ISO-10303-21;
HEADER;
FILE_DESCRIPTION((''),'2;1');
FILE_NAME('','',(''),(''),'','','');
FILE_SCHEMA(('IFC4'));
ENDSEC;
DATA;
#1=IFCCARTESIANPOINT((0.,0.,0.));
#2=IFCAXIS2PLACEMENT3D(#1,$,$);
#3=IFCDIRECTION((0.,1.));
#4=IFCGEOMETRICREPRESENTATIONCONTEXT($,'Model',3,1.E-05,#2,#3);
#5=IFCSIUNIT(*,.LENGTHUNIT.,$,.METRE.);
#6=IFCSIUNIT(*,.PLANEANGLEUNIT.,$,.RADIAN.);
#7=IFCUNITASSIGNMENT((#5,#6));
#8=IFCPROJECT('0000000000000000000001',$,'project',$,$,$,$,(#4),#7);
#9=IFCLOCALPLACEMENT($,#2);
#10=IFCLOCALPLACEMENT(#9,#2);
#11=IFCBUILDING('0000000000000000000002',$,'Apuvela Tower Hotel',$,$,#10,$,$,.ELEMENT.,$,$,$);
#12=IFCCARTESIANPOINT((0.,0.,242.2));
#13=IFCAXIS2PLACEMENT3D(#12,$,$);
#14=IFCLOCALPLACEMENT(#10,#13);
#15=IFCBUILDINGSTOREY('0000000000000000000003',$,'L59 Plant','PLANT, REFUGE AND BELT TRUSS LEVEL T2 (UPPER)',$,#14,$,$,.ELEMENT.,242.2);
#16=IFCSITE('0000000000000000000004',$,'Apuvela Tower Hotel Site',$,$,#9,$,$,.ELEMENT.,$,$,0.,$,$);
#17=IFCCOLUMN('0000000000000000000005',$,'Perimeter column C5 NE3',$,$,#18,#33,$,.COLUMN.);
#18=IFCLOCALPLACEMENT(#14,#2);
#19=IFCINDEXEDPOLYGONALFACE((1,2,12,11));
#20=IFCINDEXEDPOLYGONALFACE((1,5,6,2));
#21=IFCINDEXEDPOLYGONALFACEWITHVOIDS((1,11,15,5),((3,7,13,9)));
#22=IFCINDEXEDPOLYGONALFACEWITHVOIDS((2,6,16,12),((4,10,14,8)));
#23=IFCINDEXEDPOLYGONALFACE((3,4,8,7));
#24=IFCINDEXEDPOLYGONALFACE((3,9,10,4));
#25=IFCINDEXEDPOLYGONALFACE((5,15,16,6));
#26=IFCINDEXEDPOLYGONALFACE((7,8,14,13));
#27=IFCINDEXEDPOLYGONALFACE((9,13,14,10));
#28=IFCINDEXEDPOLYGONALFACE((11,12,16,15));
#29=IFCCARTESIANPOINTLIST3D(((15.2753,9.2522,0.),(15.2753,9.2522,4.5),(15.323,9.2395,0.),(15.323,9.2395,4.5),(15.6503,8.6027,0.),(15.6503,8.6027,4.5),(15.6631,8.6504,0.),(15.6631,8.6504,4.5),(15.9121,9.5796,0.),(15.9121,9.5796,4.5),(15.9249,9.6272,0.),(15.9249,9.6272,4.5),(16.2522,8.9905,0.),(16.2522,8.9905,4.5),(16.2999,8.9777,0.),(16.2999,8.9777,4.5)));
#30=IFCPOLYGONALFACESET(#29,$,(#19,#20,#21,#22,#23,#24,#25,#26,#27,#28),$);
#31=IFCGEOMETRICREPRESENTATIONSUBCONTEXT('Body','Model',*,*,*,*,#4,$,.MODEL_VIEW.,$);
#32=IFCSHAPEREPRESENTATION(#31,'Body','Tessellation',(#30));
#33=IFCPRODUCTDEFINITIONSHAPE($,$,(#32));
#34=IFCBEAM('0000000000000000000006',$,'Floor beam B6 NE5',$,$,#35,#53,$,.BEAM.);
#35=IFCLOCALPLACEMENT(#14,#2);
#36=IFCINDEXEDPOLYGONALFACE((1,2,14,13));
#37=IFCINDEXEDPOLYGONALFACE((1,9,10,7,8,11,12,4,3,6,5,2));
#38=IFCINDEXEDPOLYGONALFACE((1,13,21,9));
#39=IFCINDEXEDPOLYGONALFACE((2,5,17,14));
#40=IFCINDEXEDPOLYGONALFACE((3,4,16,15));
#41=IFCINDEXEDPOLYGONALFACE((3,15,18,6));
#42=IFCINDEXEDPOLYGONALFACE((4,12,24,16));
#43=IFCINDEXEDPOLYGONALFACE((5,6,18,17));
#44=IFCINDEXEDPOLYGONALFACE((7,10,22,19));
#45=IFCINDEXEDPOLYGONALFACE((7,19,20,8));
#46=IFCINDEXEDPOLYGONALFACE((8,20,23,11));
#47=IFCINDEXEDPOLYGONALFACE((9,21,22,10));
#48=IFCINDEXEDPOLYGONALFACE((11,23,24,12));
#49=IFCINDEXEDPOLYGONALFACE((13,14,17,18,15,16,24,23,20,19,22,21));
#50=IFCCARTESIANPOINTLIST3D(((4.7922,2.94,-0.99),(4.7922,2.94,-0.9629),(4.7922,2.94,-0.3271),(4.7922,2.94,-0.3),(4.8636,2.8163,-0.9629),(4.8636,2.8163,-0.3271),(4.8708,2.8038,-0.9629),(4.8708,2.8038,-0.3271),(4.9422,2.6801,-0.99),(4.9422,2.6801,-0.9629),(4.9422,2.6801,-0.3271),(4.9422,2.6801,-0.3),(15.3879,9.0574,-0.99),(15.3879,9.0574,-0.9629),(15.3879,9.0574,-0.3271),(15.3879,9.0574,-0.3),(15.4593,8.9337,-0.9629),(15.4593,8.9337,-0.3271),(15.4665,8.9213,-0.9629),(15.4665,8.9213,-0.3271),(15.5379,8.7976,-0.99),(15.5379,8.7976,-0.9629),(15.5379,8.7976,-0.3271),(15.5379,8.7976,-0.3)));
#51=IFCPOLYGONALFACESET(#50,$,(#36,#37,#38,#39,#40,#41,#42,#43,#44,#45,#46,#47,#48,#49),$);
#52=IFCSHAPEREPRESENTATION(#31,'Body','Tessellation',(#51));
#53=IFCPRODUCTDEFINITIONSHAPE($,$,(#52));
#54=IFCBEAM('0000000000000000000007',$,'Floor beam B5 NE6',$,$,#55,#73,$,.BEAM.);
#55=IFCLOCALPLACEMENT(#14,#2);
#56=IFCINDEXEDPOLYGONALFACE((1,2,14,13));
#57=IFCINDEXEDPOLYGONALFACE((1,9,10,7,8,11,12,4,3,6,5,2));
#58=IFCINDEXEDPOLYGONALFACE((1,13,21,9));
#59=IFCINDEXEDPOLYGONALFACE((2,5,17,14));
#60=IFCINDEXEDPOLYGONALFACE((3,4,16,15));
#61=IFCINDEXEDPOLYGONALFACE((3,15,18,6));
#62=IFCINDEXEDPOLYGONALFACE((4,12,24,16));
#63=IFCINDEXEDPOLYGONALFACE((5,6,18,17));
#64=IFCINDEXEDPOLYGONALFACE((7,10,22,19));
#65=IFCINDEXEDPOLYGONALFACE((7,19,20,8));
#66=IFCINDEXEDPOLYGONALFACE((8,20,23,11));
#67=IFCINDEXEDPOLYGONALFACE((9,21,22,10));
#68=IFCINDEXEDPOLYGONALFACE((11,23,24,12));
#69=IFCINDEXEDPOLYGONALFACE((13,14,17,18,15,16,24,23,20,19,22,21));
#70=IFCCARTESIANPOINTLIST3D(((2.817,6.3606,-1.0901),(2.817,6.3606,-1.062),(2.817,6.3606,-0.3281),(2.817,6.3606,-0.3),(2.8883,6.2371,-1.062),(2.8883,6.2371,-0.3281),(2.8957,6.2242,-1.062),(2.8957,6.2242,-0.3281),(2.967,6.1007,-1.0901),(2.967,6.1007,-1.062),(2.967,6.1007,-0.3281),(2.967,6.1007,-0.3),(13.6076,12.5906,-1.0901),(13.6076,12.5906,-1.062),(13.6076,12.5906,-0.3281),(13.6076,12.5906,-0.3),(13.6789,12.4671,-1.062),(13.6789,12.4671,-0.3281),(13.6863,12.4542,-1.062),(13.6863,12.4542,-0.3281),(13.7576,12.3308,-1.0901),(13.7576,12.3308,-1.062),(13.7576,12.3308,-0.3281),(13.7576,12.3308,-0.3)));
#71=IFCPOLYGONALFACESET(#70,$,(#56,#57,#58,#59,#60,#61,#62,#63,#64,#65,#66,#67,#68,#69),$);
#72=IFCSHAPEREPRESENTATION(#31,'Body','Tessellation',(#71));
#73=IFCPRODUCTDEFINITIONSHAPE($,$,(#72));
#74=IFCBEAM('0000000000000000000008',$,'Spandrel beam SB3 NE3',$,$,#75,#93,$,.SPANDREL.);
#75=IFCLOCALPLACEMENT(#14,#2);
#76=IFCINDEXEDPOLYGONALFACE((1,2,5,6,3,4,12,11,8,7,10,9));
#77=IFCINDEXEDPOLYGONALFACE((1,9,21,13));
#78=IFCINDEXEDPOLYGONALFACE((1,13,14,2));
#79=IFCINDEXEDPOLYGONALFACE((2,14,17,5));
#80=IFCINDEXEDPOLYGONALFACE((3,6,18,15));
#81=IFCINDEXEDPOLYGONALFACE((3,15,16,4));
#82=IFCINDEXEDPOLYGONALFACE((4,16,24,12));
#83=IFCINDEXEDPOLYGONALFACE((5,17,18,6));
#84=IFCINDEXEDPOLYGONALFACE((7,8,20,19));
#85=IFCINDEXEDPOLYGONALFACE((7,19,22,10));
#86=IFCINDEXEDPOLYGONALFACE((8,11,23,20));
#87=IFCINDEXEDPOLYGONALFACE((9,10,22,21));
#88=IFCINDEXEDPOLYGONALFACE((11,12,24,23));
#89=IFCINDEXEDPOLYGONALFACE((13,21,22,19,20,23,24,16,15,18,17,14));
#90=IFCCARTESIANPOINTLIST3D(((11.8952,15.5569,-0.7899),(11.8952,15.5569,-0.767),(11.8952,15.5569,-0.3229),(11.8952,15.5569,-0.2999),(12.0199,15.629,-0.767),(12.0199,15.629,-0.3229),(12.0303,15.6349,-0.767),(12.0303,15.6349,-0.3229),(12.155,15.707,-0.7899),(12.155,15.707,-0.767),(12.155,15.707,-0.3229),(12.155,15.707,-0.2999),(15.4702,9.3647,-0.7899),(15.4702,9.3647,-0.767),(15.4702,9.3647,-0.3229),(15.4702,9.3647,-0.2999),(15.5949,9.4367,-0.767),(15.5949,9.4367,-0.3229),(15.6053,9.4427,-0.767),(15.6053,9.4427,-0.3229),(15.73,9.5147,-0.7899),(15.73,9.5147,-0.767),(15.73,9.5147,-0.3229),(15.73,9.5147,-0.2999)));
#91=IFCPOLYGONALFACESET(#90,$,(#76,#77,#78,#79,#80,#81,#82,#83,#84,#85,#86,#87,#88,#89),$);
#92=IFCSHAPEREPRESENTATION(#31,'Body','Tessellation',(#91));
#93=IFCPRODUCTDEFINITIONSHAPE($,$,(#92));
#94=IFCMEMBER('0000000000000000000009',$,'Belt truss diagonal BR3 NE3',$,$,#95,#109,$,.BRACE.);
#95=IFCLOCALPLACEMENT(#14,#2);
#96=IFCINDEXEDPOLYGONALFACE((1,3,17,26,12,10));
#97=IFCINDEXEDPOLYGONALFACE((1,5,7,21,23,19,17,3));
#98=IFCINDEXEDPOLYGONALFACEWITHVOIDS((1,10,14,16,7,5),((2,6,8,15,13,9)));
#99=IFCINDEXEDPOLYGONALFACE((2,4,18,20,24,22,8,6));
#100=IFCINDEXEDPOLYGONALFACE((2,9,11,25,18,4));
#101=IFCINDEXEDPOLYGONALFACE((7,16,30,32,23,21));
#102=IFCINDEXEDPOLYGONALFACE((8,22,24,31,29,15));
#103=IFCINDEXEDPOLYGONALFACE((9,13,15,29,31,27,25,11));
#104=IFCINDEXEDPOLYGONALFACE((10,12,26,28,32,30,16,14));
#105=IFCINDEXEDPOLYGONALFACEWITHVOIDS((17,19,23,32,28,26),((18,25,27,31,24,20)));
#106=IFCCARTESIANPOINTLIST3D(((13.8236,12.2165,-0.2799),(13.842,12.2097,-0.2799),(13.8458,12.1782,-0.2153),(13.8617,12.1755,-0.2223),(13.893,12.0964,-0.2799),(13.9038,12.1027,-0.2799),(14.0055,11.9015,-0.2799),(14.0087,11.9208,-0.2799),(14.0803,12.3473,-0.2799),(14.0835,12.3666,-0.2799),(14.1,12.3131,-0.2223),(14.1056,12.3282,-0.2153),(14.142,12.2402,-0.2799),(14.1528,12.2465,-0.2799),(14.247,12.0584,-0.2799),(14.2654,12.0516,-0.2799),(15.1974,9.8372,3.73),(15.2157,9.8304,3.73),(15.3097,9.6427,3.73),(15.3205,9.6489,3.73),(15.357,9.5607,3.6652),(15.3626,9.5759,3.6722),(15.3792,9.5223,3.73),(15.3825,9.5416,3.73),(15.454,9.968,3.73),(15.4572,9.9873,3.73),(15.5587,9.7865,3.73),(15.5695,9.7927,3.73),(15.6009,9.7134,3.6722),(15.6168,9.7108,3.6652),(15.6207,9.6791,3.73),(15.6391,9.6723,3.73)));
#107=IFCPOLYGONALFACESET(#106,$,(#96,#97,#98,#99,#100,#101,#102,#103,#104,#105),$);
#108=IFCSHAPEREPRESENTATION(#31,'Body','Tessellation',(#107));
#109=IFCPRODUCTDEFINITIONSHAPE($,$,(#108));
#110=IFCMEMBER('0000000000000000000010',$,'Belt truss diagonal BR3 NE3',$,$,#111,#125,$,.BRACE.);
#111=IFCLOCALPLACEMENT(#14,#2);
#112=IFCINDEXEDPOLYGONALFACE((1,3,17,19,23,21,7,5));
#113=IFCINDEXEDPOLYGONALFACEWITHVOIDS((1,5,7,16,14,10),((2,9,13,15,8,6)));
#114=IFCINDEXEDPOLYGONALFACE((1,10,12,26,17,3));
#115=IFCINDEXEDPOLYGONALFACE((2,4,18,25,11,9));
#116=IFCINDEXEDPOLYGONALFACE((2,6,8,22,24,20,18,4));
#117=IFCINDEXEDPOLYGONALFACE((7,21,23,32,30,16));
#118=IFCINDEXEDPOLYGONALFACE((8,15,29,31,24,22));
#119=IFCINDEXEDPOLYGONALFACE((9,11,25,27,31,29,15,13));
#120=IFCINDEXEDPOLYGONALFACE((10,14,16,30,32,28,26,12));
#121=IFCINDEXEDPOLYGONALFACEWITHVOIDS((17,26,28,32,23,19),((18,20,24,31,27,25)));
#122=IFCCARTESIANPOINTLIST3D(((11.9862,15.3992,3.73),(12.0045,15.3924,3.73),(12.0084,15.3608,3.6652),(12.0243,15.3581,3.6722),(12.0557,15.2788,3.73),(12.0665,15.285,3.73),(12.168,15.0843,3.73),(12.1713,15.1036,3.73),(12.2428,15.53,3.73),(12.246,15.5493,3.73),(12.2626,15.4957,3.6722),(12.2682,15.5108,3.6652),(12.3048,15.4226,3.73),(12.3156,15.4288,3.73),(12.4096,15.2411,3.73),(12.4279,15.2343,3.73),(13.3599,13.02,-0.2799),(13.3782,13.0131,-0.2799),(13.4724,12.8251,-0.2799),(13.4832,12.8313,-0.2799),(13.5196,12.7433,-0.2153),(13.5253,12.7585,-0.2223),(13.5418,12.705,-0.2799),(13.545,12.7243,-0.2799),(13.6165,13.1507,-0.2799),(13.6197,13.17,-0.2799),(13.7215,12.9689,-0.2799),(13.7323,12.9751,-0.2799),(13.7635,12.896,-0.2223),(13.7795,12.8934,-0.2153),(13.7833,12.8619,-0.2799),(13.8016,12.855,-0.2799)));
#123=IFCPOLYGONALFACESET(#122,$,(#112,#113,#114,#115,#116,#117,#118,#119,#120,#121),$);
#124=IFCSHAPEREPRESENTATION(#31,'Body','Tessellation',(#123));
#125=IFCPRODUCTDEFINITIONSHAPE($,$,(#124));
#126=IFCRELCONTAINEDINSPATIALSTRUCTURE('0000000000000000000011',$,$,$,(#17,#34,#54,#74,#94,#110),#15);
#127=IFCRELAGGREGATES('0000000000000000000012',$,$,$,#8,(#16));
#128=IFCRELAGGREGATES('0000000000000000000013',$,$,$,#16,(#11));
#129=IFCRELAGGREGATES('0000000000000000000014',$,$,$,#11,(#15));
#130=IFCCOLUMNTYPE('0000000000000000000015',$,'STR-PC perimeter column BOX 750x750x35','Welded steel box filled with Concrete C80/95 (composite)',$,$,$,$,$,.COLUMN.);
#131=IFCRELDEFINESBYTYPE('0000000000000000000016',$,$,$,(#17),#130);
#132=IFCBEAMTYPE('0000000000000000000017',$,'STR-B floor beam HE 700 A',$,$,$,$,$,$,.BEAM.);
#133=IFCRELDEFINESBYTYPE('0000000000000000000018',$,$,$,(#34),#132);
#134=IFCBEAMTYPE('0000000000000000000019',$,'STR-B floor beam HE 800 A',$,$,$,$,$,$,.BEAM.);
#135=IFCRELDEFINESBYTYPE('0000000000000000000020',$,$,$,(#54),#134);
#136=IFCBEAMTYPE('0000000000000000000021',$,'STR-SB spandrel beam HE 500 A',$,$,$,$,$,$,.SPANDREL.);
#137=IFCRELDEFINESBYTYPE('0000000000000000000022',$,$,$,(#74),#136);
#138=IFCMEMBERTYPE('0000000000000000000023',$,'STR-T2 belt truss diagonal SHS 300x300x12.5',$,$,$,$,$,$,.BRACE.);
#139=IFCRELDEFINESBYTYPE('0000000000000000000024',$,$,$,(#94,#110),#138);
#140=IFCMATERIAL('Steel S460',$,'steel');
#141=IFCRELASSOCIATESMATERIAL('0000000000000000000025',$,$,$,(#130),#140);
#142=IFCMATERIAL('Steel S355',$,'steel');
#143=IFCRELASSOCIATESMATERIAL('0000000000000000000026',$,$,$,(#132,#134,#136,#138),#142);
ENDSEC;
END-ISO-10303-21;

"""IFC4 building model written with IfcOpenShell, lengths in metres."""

from ifc_helpers import new_model, si_unit, direction, frame, origin, origin_2d, place, context, subcontext, project, spatial, rectangle, hollow_rectangle, i_section, extrude, boolean, halfspace, material, material_profile, profile_set, type_object, element, save


model = new_model("IFC4")

# Units and contexts
model_context = context("Model", 3, precision=1e-05, world=origin(), true_north=direction((0.0, 1.0)))
body_context = subcontext(model_context, "Body", "Model", "MODEL_VIEW")
ifc_project = project(units=[si_unit("LENGTHUNIT", "METRE"), si_unit("PLANEANGLEUNIT", "RADIAN")], contexts=[model_context])

# Site, building, storey
site_placement = place(None, origin())
site = spatial("IfcSite", under=ifc_project, at=site_placement, Name="Apuvela Tower Hotel Site", CompositionType="ELEMENT", RefElevation=0.0)
building_placement = place(site_placement, origin())
building = spatial("IfcBuilding", under=site, at=building_placement, Name="Apuvela Tower Hotel", CompositionType="ELEMENT")
storey_placement = place(building_placement, frame((0.0, 0.0, 242.2)))
storey = spatial("IfcBuildingStorey", under=building, at=storey_placement, Name="L59 Plant", Description="PLANT, REFUGE AND BELT TRUSS LEVEL T2 (UPPER)", CompositionType="ELEMENT", Elevation=242.2)

# Column
ifc_material_1 = material(Name="Steel S460", Category="steel")
ifc_material_profile_1 = material_profile(ifc_material_1, hollow_rectangle(XDim=0.75, YDim=0.75, WallThickness=0.0349, at=origin_2d()), Name="BOX 750x750x35")
ifc_material_2 = material(Name="Concrete C80/95", Category="concrete")
ifc_material_profile_2 = material_profile(ifc_material_2, rectangle(XDim=0.6799, YDim=0.6799, at=origin_2d()), Name="Concrete C80/95 infill")
ifc_profile_set_1 = profile_set([ifc_material_profile_1, ifc_material_profile_2], Name="Steel S460")
column_type = type_object("IfcColumnType", Name="STR-PC perimeter column BOX 750x750x35", Description="Welded steel box filled with Concrete C80/95 (composite)", PredefinedType="COLUMN", material=ifc_profile_set_1)
column_placement = place(storey_placement, frame((15.7876, 9.115, 0.0), z_axis=(0.0, 0.0, 1.0), x_axis=(-0.5, 0.866025, 0.0)))
element("IfcColumn", 1, at=column_placement, inside=storey, type_object=column_type, Name="Perimeter column C5 NE3", PredefinedType="COLUMN", context=body_context, shape_type="SweptSolid", body=[
    extrude(hollow_rectangle(XDim=0.75, YDim=0.75, WallThickness=0.0349, at=origin_2d()), origin(), (0.0, 0.0, 1.0), 4.5),
])

# Beams
ifc_material_3 = material(Name="Steel S355", Category="steel")
ifc_material_profile_3 = material_profile(ifc_material_3, i_section(OverallWidth=0.3, OverallDepth=0.6899, WebThickness=0.0144, FlangeThickness=0.0271, at=origin_2d()), Name="HE 700 A")
ifc_profile_set_2 = profile_set([ifc_material_profile_3], Name="Steel S355")
beam_type_1 = type_object("IfcBeamType", Name="STR-B floor beam HE 700 A", PredefinedType="BEAM", material=ifc_profile_set_2)
beam_1_placement = place(storey_placement, frame((15.4629, 8.9275, -0.645), z_axis=(-0.866025, -0.5, 0.0), x_axis=(0.5, -0.866025, 0.0)))
element("IfcBeam", 2, at=beam_1_placement, inside=storey, type_object=beam_type_1, Name="Floor beam B6 NE5", PredefinedType="BEAM", context=body_context, shape_type="SweptSolid", body=[
    extrude(i_section(OverallWidth=0.3, OverallDepth=0.6899, WebThickness=0.0144, FlangeThickness=0.0271, at=origin_2d()), origin(), (0.0, 0.0, 1.0), 12.2349),
])
ifc_material_profile_4 = material_profile(ifc_material_3, i_section(OverallWidth=0.3, OverallDepth=0.79, WebThickness=0.0149, FlangeThickness=0.0281, at=origin_2d()), Name="HE 800 A")
ifc_profile_set_3 = profile_set([ifc_material_profile_4], Name="Steel S355")
beam_type_2 = type_object("IfcBeamType", Name="STR-B floor beam HE 800 A", PredefinedType="BEAM", material=ifc_profile_set_3)
beam_2_placement = place(storey_placement, frame((13.6826, 12.4607, -0.6951), z_axis=(-0.866023, -0.500004, 0.0), x_axis=(0.500004, -0.866023, 0.0)))
element("IfcBeam", 3, at=beam_2_placement, inside=storey, type_object=beam_type_2, Name="Floor beam B5 NE6", PredefinedType="BEAM", context=body_context, shape_type="SweptSolid", body=[
    extrude(i_section(OverallWidth=0.3, OverallDepth=0.79, WebThickness=0.0149, FlangeThickness=0.0281, at=origin_2d()), origin(), (0.0, 0.0, 1.0), 12.46),
])
ifc_material_profile_5 = material_profile(ifc_material_3, i_section(OverallWidth=0.3, OverallDepth=0.49, WebThickness=0.012, FlangeThickness=0.0229, at=origin_2d()), Name="HE 500 A")
ifc_profile_set_4 = profile_set([ifc_material_profile_5], Name="Steel S355")
beam_type_3 = type_object("IfcBeamType", Name="STR-SB spandrel beam HE 500 A", PredefinedType="SPANDREL", material=ifc_profile_set_4)
beam_3_placement = place(storey_placement, frame((15.6001, 9.4397, -0.5449), z_axis=(-0.499991, 0.86603, 0.0), x_axis=(-0.86603, -0.499991, 0.0)))
element("IfcBeam", 4, at=beam_3_placement, inside=storey, type_object=beam_type_3, Name="Spandrel beam SB3 NE3", PredefinedType="SPANDREL", context=body_context, shape_type="SweptSolid", body=[
    extrude(i_section(OverallWidth=0.3, OverallDepth=0.49, WebThickness=0.012, FlangeThickness=0.0229, at=origin_2d()), origin(), (0.0, 0.0, 1.0), 7.1501),
])

# Members
ifc_material_profile_6 = material_profile(ifc_material_3, hollow_rectangle(XDim=0.3, YDim=0.3, WallThickness=0.0125, at=origin_2d()), Name="SHS 300x300x12.5")
ifc_profile_set_5 = profile_set([ifc_material_profile_6], Name="Steel S355")
member_type = type_object("IfcMemberType", Name="STR-T2 belt truss diagonal SHS 300x300x12.5", PredefinedType="BRACE", material=ifc_profile_set_5)
member_1_placement = place(storey_placement, frame((14.0376, 12.146, -0.3), z_axis=(0.282608, -0.48948, 0.82495), x_axis=(-0.412483, 0.714423, 0.565206)))
solid_1 = boolean("DIFFERENCE", boolean("DIFFERENCE", extrude(hollow_rectangle(XDim=0.3, YDim=0.3, WallThickness=0.0125, at=origin_2d()), frame((0.0, 0.0, -0.2229)), (0.0, 0.0, 1.0), 5.355), halfspace(frame((0.0, 0.0, 0.0244), z_axis=(0.565206, 0.0, 0.82495), x_axis=(0.82495, 0.0, -0.565206)), True)), halfspace(frame((0.0, 0.0, 4.8853), z_axis=(0.565206, 0.0, 0.82495), x_axis=(0.82495, 0.0, -0.565206)), False))
element("IfcMember", 5, at=member_1_placement, inside=storey, type_object=member_type, Name="Belt truss diagonal BR3 NE3", PredefinedType="BRACE", context=body_context, shape_type="SweptSolid", body=[
    boolean("UNION", boolean("DIFFERENCE", boolean("DIFFERENCE", extrude(hollow_rectangle(XDim=0.3, YDim=0.3, WallThickness=0.0125, at=origin_2d()), origin(), (0.0, 0.0, 1.0), 4.9094), halfspace(frame((0.0, 0.0, 0.0244), z_axis=(0.565206, 0.0, 0.82495), x_axis=(0.82495, 0.0, -0.565206)), True)), halfspace(frame((0.0, 0.0, 4.8853), z_axis=(0.565206, 0.0, 0.82495), x_axis=(0.82495, 0.0, -0.565206)), False)), solid_1),
])
member_2_placement = place(storey_placement, frame((13.5876, 12.9255, -0.3), z_axis=(-0.282608, 0.48948, 0.82495), x_axis=(0.412483, -0.714423, 0.565206)))
solid_2 = boolean("DIFFERENCE", boolean("DIFFERENCE", extrude(hollow_rectangle(XDim=0.3, YDim=0.3, WallThickness=0.0125, at=origin_2d()), frame((0.0, 0.0, -0.2229)), (0.0, 0.0, 1.0), 5.355), halfspace(frame((0.0, 0.0, 0.0244), z_axis=(0.565206, 0.0, 0.82495), x_axis=(0.82495, 0.0, -0.565206)), True)), halfspace(frame((0.0, 0.0, 4.8853), z_axis=(0.565206, 0.0, 0.82495), x_axis=(0.82495, 0.0, -0.565206)), False))
element("IfcMember", 6, at=member_2_placement, inside=storey, type_object=member_type, Name="Belt truss diagonal BR3 NE3", PredefinedType="BRACE", context=body_context, shape_type="SweptSolid", body=[
    boolean("UNION", boolean("DIFFERENCE", boolean("DIFFERENCE", extrude(hollow_rectangle(XDim=0.3, YDim=0.3, WallThickness=0.0125, at=origin_2d()), origin(), (0.0, 0.0, 1.0), 4.9094), halfspace(frame((0.0, 0.0, 0.0244), z_axis=(0.565206, 0.0, 0.82495), x_axis=(0.82495, 0.0, -0.565206)), True)), halfspace(frame((0.0, 0.0, 4.8853), z_axis=(0.565206, 0.0, 0.82495), x_axis=(0.82495, 0.0, -0.565206)), False)), solid_2),
])

save(model, "model.ifc")
